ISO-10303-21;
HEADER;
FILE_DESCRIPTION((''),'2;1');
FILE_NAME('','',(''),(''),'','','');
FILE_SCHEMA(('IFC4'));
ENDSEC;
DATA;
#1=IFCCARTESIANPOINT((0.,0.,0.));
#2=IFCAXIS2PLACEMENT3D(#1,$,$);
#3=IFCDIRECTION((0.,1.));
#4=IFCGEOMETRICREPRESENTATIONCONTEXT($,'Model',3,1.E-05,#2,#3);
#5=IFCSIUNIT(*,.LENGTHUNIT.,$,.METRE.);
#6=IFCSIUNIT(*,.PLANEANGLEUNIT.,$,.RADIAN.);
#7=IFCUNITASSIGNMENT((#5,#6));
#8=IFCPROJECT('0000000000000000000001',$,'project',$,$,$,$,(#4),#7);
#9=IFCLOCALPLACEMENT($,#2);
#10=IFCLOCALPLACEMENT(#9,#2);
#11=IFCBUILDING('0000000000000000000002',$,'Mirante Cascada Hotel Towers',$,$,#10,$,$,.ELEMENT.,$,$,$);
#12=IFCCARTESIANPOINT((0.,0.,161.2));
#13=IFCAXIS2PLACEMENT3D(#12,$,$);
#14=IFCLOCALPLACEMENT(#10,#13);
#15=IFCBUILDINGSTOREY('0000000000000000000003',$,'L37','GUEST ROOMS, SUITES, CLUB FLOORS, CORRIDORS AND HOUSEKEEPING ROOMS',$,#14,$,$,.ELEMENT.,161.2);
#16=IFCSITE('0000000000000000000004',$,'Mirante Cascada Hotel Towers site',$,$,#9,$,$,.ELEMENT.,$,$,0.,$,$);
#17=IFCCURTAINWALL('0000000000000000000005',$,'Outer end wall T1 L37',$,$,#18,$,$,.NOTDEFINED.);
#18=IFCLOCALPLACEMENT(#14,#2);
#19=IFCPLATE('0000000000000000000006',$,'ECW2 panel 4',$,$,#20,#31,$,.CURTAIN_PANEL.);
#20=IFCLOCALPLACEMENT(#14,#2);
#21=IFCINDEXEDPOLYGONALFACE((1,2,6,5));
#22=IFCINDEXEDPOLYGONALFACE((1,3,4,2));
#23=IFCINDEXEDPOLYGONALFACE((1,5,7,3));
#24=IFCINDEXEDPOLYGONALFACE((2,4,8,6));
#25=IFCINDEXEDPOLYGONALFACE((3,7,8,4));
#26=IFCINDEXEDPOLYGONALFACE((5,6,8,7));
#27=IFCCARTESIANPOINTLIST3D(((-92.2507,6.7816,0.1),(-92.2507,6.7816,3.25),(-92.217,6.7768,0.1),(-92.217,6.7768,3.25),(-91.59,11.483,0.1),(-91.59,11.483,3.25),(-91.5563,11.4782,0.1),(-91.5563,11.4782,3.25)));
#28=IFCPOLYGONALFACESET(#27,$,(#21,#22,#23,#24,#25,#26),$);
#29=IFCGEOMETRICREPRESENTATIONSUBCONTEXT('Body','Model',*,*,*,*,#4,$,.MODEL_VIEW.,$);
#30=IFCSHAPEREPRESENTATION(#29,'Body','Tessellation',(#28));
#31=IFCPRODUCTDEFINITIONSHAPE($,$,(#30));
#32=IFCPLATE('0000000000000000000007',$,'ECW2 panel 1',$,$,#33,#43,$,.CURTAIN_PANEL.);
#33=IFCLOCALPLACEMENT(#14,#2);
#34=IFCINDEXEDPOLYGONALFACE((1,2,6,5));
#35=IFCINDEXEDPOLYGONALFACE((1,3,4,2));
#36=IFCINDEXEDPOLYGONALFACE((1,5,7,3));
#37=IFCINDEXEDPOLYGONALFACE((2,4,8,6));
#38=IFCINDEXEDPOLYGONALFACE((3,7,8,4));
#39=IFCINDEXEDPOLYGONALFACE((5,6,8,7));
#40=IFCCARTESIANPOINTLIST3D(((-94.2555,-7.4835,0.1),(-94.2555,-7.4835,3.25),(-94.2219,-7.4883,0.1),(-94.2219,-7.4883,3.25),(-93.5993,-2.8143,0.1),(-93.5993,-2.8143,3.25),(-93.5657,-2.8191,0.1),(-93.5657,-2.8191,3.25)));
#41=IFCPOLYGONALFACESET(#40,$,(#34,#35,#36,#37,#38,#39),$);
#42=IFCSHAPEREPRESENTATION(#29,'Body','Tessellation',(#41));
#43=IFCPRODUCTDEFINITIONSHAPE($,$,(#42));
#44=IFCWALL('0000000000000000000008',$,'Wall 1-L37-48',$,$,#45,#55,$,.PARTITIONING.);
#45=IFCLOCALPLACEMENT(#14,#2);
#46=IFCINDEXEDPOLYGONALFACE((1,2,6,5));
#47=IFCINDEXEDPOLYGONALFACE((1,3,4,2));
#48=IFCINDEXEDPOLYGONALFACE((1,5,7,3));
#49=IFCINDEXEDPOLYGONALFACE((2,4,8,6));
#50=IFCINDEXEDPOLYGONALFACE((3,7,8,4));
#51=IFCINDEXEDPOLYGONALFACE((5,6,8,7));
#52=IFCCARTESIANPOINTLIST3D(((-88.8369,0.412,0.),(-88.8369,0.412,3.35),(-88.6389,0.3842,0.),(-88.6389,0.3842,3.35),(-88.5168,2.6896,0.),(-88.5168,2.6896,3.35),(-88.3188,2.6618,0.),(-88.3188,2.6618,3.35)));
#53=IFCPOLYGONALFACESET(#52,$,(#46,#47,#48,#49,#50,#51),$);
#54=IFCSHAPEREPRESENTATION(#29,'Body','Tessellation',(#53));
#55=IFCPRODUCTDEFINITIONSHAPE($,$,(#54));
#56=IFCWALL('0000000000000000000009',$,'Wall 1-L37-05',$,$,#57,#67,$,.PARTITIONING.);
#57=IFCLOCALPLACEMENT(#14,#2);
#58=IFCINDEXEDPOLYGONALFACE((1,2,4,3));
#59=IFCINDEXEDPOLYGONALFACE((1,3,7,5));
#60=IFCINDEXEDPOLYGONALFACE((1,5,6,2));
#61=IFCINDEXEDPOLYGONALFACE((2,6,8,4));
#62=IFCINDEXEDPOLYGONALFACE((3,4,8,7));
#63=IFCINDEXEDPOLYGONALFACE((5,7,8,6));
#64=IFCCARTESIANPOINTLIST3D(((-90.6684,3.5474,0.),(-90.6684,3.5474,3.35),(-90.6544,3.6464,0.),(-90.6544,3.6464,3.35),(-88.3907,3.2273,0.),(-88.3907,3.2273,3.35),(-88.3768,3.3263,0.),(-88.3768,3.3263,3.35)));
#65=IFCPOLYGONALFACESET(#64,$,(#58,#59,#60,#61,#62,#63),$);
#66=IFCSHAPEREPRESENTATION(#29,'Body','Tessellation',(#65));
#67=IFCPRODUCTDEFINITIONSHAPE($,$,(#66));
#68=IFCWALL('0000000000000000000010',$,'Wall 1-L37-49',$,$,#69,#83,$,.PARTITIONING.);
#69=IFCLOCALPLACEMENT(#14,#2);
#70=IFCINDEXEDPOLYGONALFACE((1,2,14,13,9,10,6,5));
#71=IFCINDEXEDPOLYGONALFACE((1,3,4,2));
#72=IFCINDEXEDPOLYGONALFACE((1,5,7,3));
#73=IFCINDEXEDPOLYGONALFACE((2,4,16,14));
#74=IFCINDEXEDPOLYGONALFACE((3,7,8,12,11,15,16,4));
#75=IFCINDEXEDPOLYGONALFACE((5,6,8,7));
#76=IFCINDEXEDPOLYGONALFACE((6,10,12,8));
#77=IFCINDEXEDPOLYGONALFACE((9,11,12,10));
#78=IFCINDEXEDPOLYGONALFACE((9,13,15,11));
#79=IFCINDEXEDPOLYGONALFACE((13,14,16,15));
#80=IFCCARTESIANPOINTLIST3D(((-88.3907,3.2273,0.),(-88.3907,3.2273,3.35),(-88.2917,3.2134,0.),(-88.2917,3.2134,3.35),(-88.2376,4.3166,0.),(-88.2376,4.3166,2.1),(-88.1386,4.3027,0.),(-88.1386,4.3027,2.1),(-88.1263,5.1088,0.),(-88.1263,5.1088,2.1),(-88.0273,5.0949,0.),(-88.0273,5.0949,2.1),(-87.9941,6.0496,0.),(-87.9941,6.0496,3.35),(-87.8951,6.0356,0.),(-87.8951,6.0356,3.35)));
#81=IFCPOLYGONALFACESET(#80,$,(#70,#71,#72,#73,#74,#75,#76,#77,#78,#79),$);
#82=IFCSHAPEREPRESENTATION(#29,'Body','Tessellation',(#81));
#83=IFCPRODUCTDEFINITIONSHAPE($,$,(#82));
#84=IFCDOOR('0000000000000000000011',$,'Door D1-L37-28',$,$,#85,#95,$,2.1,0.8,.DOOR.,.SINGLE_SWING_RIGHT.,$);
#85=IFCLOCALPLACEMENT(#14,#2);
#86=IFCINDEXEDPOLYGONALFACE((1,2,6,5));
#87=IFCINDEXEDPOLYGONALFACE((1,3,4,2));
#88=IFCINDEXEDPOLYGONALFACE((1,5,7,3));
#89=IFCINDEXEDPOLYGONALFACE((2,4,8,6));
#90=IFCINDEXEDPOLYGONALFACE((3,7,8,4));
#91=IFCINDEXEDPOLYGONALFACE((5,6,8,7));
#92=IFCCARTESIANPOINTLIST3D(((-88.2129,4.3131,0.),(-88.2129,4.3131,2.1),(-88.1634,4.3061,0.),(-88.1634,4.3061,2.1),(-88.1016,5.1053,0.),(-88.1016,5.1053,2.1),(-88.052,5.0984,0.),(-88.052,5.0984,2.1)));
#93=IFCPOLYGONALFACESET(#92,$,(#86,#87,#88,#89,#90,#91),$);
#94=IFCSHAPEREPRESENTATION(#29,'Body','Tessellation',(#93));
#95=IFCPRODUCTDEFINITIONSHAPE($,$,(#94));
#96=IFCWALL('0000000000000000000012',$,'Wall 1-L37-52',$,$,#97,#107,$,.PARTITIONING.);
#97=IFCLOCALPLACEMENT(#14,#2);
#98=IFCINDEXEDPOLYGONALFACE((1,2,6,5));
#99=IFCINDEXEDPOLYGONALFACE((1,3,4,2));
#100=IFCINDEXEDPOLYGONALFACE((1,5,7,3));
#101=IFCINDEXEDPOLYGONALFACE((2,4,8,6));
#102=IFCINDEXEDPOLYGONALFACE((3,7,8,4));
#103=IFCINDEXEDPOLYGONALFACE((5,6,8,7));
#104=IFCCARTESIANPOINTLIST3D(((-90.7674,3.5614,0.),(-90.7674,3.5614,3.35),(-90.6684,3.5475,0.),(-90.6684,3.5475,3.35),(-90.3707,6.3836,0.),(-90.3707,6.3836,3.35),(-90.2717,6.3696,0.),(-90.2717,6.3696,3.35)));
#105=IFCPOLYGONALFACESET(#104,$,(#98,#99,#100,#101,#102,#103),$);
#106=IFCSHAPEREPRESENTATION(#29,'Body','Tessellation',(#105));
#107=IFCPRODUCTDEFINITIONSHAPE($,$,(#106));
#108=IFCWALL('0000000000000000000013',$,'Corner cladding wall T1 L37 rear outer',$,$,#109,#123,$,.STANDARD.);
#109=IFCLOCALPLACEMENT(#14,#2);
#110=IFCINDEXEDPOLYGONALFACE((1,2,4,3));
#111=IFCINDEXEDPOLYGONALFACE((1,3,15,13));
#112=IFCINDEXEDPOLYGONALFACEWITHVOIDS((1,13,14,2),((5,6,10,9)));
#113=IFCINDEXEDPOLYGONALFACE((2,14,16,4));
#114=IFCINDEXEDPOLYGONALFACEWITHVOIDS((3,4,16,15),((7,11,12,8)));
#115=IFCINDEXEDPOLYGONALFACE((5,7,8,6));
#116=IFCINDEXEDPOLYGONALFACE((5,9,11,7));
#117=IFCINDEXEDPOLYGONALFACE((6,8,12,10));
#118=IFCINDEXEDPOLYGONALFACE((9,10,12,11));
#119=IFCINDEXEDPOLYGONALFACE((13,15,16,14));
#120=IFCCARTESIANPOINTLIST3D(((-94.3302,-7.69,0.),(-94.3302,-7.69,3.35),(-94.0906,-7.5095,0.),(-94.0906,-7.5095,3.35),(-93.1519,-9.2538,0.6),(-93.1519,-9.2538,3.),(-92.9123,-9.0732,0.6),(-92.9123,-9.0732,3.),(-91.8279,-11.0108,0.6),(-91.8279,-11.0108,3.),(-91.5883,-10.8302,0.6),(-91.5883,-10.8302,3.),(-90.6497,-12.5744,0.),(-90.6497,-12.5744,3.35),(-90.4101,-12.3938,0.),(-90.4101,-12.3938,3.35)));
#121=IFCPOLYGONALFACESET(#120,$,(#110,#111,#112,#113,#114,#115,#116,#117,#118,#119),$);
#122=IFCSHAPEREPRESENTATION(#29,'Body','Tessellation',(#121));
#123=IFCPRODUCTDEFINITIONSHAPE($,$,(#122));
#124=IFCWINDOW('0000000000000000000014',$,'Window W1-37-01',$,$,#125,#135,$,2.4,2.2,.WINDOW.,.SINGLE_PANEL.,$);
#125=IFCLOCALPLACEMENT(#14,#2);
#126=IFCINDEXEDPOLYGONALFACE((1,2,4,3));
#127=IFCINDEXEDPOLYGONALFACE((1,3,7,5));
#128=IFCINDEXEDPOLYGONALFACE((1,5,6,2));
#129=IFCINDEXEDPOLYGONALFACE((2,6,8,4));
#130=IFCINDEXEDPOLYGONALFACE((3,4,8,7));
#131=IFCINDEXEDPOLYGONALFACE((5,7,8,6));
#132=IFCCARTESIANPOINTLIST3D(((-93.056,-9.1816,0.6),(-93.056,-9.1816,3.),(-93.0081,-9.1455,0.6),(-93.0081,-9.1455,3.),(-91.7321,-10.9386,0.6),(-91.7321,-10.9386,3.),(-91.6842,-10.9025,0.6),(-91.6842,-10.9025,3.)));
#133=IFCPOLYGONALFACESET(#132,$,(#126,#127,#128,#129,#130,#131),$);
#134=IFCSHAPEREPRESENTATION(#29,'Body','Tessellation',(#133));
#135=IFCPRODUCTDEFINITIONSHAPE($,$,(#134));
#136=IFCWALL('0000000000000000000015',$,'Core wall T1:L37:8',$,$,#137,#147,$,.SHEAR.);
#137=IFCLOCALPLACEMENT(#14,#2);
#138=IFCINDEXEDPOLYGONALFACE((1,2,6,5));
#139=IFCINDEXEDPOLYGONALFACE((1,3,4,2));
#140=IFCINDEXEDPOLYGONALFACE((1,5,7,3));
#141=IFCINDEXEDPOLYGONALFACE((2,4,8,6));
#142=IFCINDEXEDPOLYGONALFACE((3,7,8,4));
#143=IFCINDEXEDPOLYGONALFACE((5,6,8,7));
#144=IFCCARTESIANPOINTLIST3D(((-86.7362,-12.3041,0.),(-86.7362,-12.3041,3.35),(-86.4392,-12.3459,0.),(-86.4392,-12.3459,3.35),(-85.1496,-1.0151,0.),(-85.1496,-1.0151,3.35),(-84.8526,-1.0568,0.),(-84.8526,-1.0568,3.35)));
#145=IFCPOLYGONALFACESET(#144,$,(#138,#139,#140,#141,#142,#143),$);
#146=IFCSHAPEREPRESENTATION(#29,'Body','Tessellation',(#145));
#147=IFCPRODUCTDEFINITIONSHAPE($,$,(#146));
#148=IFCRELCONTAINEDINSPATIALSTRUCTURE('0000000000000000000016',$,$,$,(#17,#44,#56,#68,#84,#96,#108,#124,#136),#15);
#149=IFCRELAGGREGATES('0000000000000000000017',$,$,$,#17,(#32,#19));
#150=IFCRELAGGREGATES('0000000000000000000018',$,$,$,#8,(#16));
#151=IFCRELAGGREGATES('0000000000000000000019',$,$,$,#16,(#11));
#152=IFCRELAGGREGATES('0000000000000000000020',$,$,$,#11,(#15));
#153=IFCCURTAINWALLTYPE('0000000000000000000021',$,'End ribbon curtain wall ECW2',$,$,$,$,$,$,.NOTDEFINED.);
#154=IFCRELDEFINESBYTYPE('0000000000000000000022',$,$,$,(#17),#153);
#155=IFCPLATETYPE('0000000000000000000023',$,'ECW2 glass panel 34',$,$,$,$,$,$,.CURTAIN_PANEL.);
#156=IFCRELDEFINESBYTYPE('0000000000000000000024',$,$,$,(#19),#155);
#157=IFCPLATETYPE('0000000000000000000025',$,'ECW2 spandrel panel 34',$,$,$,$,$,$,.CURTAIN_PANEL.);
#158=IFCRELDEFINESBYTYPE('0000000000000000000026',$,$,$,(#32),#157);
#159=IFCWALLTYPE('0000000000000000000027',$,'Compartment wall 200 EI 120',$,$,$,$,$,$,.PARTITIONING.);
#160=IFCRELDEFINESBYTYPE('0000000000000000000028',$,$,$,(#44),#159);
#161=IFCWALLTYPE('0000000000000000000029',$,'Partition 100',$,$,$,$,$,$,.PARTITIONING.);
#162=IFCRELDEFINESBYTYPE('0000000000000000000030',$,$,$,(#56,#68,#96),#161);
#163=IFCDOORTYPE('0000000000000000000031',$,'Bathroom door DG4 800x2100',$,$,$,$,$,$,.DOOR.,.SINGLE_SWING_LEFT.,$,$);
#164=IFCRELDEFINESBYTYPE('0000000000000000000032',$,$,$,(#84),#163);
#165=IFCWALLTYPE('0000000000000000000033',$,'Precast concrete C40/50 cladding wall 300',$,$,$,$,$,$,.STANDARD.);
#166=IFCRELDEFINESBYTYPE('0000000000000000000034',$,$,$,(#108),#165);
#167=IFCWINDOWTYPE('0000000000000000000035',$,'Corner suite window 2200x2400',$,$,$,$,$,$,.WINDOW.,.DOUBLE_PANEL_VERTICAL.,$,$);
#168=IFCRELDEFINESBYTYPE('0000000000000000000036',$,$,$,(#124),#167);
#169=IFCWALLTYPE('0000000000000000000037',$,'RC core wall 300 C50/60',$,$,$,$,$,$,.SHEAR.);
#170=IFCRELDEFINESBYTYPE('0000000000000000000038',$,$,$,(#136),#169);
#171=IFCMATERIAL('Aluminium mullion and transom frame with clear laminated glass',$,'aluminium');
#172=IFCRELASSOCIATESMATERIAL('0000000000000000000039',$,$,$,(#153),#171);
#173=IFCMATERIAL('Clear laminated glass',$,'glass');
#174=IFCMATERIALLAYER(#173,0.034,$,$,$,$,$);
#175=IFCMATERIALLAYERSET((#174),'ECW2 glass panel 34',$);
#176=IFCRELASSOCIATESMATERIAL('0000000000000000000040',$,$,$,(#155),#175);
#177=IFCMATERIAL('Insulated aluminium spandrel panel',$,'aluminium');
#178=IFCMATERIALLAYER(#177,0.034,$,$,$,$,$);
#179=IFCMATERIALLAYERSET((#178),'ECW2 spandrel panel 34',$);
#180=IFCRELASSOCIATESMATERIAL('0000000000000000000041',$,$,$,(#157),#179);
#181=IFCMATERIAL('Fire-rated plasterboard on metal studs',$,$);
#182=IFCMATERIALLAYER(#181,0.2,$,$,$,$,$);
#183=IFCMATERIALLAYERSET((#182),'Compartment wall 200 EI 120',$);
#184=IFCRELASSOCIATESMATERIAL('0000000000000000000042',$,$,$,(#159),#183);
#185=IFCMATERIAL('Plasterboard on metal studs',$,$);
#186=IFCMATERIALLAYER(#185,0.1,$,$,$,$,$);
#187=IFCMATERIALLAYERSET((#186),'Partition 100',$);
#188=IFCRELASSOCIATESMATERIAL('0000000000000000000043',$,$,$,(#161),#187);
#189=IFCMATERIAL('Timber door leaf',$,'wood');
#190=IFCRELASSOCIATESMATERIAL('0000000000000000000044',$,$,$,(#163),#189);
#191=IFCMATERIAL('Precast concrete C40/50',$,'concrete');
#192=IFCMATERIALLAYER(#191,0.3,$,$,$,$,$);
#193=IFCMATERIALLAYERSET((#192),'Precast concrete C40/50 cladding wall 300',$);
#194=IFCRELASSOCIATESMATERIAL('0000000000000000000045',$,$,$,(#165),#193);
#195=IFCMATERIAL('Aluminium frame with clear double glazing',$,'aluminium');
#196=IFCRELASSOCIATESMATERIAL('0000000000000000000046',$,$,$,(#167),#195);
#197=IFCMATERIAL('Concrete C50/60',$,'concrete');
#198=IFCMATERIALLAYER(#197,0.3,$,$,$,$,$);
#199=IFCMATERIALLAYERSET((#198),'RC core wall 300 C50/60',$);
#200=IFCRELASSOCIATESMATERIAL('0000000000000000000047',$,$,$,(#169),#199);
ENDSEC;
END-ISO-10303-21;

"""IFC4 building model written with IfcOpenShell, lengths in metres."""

from ifc_helpers import new_model, si_unit, direction, frame, frame_2d, origin, origin_2d, place, context, subcontext, project, spatial, rectangle, extrude, material, layer, layer_set, type_object, element, fill, aggregate, save


model = new_model("IFC4")

# Units and contexts
model_context = context("Model", 3, precision=1e-05, world=origin(), true_north=direction((0.0, 1.0)))
body_context = subcontext(model_context, "Body", "Model", "MODEL_VIEW")
ifc_project = project(units=[si_unit("LENGTHUNIT", "METRE"), si_unit("PLANEANGLEUNIT", "RADIAN")], contexts=[model_context])

# Site, building, storey
site_placement = place(None, origin())
site = spatial("IfcSite", under=ifc_project, at=site_placement, Name="Mirante Cascada Hotel Towers site", CompositionType="ELEMENT", RefElevation=0.0)
building_placement = place(site_placement, origin())
building = spatial("IfcBuilding", under=site, at=building_placement, Name="Mirante Cascada Hotel Towers", CompositionType="ELEMENT")
storey_placement = place(building_placement, frame((0.0, 0.0, 161.2)))
storey = spatial("IfcBuildingStorey", under=building, at=storey_placement, Name="L37", Description="GUEST ROOMS, SUITES, CLUB FLOORS, CORRIDORS AND HOUSEKEEPING ROOMS", CompositionType="ELEMENT", Elevation=161.2)

# Curtain wall, plates
ifc_material_1 = material(Name="Aluminium mullion and transom frame with clear laminated glass", Category="aluminium")
curtain_wall_type = type_object("IfcCurtainWallType", Name="End ribbon curtain wall ECW2", PredefinedType="NOTDEFINED", material=ifc_material_1)
curtain_wall_placement = place(storey_placement, origin())
curtain_wall = element("IfcCurtainWall", 1, at=curtain_wall_placement, inside=storey, type_object=curtain_wall_type, Name="Outer end wall T1 L37", PredefinedType="NOTDEFINED")
ifc_material_2 = material(Name="Clear laminated glass", Category="glass")
ifc_layer_1 = layer(ifc_material_2, 0.034)
ifc_layer_set_1 = layer_set([ifc_layer_1], Name="ECW2 glass panel 34")
plate_type_1 = type_object("IfcPlateType", Name="ECW2 glass panel 34", PredefinedType="CURTAIN_PANEL", material=ifc_layer_set_1)
plate_1_placement = place(storey_placement, frame((-91.9035, 9.1299, 0.1), z_axis=(0.0, 0.0, 1.0), x_axis=(0.139173, 0.990268, 0.0)))
plate_1 = element("IfcPlate", 2, at=plate_1_placement, type_object=plate_type_1, Name="ECW2 panel 4", PredefinedType="CURTAIN_PANEL", context=body_context, shape_type="SweptSolid", body=[
    extrude(rectangle(XDim=4.7476, YDim=0.034, at=origin_2d()), origin(), (0.0, 0.0, 1.0), 3.15),
])
ifc_material_3 = material(Name="Insulated aluminium spandrel panel", Category="aluminium")
ifc_layer_2 = layer(ifc_material_3, 0.034)
ifc_layer_set_2 = layer_set([ifc_layer_2], Name="ECW2 spandrel panel 34")
plate_type_2 = type_object("IfcPlateType", Name="ECW2 spandrel panel 34", PredefinedType="CURTAIN_PANEL", material=ifc_layer_set_2)
plate_2_placement = place(storey_placement, frame((-93.9106, -5.1513, 0.1), z_axis=(0.0, 0.0, 1.0), x_axis=(0.139173, 0.990268, 0.0)))
plate_2 = element("IfcPlate", 3, at=plate_2_placement, type_object=plate_type_2, Name="ECW2 panel 1", PredefinedType="CURTAIN_PANEL", context=body_context, shape_type="SweptSolid", body=[
    extrude(rectangle(XDim=4.7151, YDim=0.034, at=origin_2d()), origin(), (0.0, 0.0, 1.0), 3.15),
])
aggregate(curtain_wall, [plate_2, plate_1])

# Walls
ifc_material_4 = material(Name="Fire-rated plasterboard on metal studs")
ifc_layer_3 = layer(ifc_material_4, 0.2)
ifc_layer_set_3 = layer_set([ifc_layer_3], Name="Compartment wall 200 EI 120")
wall_type_1 = type_object("IfcWallType", Name="Compartment wall 200 EI 120", PredefinedType="PARTITIONING", material=ifc_layer_set_3)
wall_1_placement = place(storey_placement, frame((-88.7379, 0.3981, 0.0), z_axis=(0.0, 0.0, 1.0), x_axis=(0.139175, 0.990268, 0.0)))
element("IfcWall", 4, at=wall_1_placement, inside=storey, type_object=wall_type_1, Name="Wall 1-L37-48", PredefinedType="PARTITIONING", context=body_context, shape_type="SweptSolid", body=[
    extrude(rectangle(XDim=2.3, YDim=0.2, at=frame_2d((1.15, 0.0))), origin(), (0.0, 0.0, 1.0), 3.35),
])
ifc_material_5 = material(Name="Plasterboard on metal studs")
ifc_layer_4 = layer(ifc_material_5, 0.1)
ifc_layer_set_4 = layer_set([ifc_layer_4], Name="Partition 100")
wall_type_2 = type_object("IfcWallType", Name="Partition 100", PredefinedType="PARTITIONING", material=ifc_layer_set_4)
wall_2_placement = place(storey_placement, frame((-90.6614, 3.5969, 0.0), z_axis=(0.0, 0.0, 1.0), x_axis=(0.990268, -0.139175, 0.0)))
element("IfcWall", 5, at=wall_2_placement, inside=storey, type_object=wall_type_2, Name="Wall 1-L37-05", PredefinedType="PARTITIONING", context=body_context, shape_type="SweptSolid", body=[
    extrude(rectangle(XDim=2.3, YDim=0.1, at=frame_2d((1.15, 0.0))), origin(), (0.0, 0.0, 1.0), 3.35),
])

# Wall, opening, door
wall_3_placement = place(storey_placement, frame((-87.9446, 6.0426, 0.0), z_axis=(0.0, 0.0, 1.0), x_axis=(-0.139156, -0.99027, 0.0)))
wall_3 = element("IfcWall", 6, at=wall_3_placement, inside=storey, type_object=wall_type_2, Name="Wall 1-L37-49", PredefinedType="PARTITIONING", context=body_context, shape_type="SweptSolid", body=[
    extrude(rectangle(XDim=2.85, YDim=0.1, at=frame_2d((1.425, 0.0))), origin(), (0.0, 0.0, 1.0), 3.35),
])
opening_1_placement = place(wall_3_placement, frame((0.95, 0.0, 0.0)))
opening_1 = element("IfcOpeningElement", 7, at=opening_1_placement, cuts=wall_3, PredefinedType="OPENING", context=body_context, shape_type="SweptSolid", body=[
    extrude(rectangle(XDim=0.8, YDim=2.1, at=frame_2d((0.4, 1.05))), frame((0.0, 0.05, 0.0), z_axis=(0.0, -1.0, 0.0), x_axis=(1.0, 0.0, 0.0)), (0.0, 0.0, 1.0), 0.1),
])
ifc_material_6 = material(Name="Timber door leaf", Category="wood")
door_type_1 = type_object("IfcDoorType", Name="Bathroom door DG4 800x2100", OperationType="SINGLE_SWING_LEFT", PredefinedType="DOOR", material=ifc_material_6)
door_1_placement = place(opening_1_placement, frame((0.8, 0.0, 0.0), z_axis=(0.0, 0.0, 1.0), x_axis=(-1.0, 0.0, 0.0)))
door_1 = element("IfcDoor", 8, at=door_1_placement, inside=storey, type_object=door_type_1, Name="Door D1-L37-28", OperationType="SINGLE_SWING_RIGHT", OverallHeight=2.1, OverallWidth=0.8, PredefinedType="DOOR", context=body_context, shape_type="SweptSolid", body=[
    extrude(rectangle(XDim=0.8, YDim=2.1, at=frame_2d((0.4, 1.05))), frame((0.0, 0.025, 0.0), z_axis=(0.0, -1.0, 0.0), x_axis=(1.0, 0.0, 0.0)), (0.0, 0.0, 1.0), 0.05),
])
fill(opening_1, door_1)

# Wall
wall_4_placement = place(storey_placement, frame((-90.7179, 3.5544, 0.0), z_axis=(0.0, 0.0, 1.0), x_axis=(0.139196, 0.990265, 0.0)))
element("IfcWall", 9, at=wall_4_placement, inside=storey, type_object=wall_type_2, Name="Wall 1-L37-52", PredefinedType="PARTITIONING", context=body_context, shape_type="SweptSolid", body=[
    extrude(rectangle(XDim=2.8499, YDim=0.1, at=frame_2d((1.425, 0.0))), origin(), (0.0, 0.0, 1.0), 3.35),
])

# Wall, opening, window
ifc_material_7 = material(Name="Precast concrete C40/50", Category="concrete")
ifc_layer_5 = layer(ifc_material_7, 0.3)
ifc_layer_set_5 = layer_set([ifc_layer_5], Name="Precast concrete C40/50 cladding wall 300")
wall_type_3 = type_object("IfcWallType", Name="Precast concrete C40/50 cladding wall 300", PredefinedType="STANDARD", material=ifc_layer_set_5)
wall_5_placement = place(storey_placement, frame((-90.5299, -12.4841, 0.0), z_axis=(0.0, 0.0, 1.0), x_axis=(-0.601806, 0.798642, 0.0)))
wall_5 = element("IfcWall", 10, at=wall_5_placement, inside=storey, type_object=wall_type_3, Name="Corner cladding wall T1 L37 rear outer", PredefinedType="STANDARD", context=body_context, shape_type="SweptSolid", body=[
    extrude(rectangle(XDim=6.1158, YDim=0.3, at=frame_2d((3.0579, 0.0))), origin(), (0.0, 0.0, 1.0), 3.35),
])
opening_2_placement = place(wall_5_placement, frame((1.9578, 0.0, 0.6)))
opening_2 = element("IfcOpeningElement", 11, at=opening_2_placement, cuts=wall_5, PredefinedType="OPENING", context=body_context, shape_type="SweptSolid", body=[
    extrude(rectangle(XDim=2.2, YDim=2.4, at=frame_2d((1.1, 1.2))), frame((0.0, 0.15, 0.0), z_axis=(0.0, -1.0, 0.0), x_axis=(1.0, 0.0, 0.0)), (0.0, 0.0, 1.0), 0.3),
])
ifc_material_8 = material(Name="Aluminium frame with clear double glazing", Category="aluminium")
window_type = type_object("IfcWindowType", Name="Corner suite window 2200x2400", PartitioningType="DOUBLE_PANEL_VERTICAL", PredefinedType="WINDOW", material=ifc_material_8)
window_placement = place(opening_2_placement, origin())
window = element("IfcWindow", 12, at=window_placement, inside=storey, type_object=window_type, Name="Window W1-37-01", OverallHeight=2.4, OverallWidth=2.2, PartitioningType="SINGLE_PANEL", PredefinedType="WINDOW", context=body_context, shape_type="SweptSolid", body=[
    extrude(rectangle(XDim=2.2, YDim=2.4, at=frame_2d((1.1, 1.2))), frame((0.0, 0.03, 0.0), z_axis=(0.0, -1.0, 0.0), x_axis=(1.0, 0.0, 0.0)), (0.0, 0.0, 1.0), 0.06),
])
fill(opening_2, window)

# Wall
ifc_material_9 = material(Name="Concrete C50/60", Category="concrete")
ifc_layer_6 = layer(ifc_material_9, 0.3)
ifc_layer_set_6 = layer_set([ifc_layer_6], Name="RC core wall 300 C50/60")
wall_type_4 = type_object("IfcWallType", Name="RC core wall 300 C50/60", PredefinedType="SHEAR", material=ifc_layer_set_6)
wall_6_placement = place(storey_placement, frame((-86.5877, -12.325, 0.0), z_axis=(0.0, 0.0, 1.0), x_axis=(0.139175, 0.990268, 0.0)))
element("IfcWall", 13, at=wall_6_placement, inside=storey, type_object=wall_type_4, Name="Core wall T1:L37:8", PredefinedType="SHEAR", context=body_context, shape_type="SweptSolid", body=[
    extrude(rectangle(XDim=11.4, YDim=0.3, at=frame_2d((5.7, 0.0))), origin(), (0.0, 0.0, 1.0), 3.35),
])

save(model, "model.ifc")
